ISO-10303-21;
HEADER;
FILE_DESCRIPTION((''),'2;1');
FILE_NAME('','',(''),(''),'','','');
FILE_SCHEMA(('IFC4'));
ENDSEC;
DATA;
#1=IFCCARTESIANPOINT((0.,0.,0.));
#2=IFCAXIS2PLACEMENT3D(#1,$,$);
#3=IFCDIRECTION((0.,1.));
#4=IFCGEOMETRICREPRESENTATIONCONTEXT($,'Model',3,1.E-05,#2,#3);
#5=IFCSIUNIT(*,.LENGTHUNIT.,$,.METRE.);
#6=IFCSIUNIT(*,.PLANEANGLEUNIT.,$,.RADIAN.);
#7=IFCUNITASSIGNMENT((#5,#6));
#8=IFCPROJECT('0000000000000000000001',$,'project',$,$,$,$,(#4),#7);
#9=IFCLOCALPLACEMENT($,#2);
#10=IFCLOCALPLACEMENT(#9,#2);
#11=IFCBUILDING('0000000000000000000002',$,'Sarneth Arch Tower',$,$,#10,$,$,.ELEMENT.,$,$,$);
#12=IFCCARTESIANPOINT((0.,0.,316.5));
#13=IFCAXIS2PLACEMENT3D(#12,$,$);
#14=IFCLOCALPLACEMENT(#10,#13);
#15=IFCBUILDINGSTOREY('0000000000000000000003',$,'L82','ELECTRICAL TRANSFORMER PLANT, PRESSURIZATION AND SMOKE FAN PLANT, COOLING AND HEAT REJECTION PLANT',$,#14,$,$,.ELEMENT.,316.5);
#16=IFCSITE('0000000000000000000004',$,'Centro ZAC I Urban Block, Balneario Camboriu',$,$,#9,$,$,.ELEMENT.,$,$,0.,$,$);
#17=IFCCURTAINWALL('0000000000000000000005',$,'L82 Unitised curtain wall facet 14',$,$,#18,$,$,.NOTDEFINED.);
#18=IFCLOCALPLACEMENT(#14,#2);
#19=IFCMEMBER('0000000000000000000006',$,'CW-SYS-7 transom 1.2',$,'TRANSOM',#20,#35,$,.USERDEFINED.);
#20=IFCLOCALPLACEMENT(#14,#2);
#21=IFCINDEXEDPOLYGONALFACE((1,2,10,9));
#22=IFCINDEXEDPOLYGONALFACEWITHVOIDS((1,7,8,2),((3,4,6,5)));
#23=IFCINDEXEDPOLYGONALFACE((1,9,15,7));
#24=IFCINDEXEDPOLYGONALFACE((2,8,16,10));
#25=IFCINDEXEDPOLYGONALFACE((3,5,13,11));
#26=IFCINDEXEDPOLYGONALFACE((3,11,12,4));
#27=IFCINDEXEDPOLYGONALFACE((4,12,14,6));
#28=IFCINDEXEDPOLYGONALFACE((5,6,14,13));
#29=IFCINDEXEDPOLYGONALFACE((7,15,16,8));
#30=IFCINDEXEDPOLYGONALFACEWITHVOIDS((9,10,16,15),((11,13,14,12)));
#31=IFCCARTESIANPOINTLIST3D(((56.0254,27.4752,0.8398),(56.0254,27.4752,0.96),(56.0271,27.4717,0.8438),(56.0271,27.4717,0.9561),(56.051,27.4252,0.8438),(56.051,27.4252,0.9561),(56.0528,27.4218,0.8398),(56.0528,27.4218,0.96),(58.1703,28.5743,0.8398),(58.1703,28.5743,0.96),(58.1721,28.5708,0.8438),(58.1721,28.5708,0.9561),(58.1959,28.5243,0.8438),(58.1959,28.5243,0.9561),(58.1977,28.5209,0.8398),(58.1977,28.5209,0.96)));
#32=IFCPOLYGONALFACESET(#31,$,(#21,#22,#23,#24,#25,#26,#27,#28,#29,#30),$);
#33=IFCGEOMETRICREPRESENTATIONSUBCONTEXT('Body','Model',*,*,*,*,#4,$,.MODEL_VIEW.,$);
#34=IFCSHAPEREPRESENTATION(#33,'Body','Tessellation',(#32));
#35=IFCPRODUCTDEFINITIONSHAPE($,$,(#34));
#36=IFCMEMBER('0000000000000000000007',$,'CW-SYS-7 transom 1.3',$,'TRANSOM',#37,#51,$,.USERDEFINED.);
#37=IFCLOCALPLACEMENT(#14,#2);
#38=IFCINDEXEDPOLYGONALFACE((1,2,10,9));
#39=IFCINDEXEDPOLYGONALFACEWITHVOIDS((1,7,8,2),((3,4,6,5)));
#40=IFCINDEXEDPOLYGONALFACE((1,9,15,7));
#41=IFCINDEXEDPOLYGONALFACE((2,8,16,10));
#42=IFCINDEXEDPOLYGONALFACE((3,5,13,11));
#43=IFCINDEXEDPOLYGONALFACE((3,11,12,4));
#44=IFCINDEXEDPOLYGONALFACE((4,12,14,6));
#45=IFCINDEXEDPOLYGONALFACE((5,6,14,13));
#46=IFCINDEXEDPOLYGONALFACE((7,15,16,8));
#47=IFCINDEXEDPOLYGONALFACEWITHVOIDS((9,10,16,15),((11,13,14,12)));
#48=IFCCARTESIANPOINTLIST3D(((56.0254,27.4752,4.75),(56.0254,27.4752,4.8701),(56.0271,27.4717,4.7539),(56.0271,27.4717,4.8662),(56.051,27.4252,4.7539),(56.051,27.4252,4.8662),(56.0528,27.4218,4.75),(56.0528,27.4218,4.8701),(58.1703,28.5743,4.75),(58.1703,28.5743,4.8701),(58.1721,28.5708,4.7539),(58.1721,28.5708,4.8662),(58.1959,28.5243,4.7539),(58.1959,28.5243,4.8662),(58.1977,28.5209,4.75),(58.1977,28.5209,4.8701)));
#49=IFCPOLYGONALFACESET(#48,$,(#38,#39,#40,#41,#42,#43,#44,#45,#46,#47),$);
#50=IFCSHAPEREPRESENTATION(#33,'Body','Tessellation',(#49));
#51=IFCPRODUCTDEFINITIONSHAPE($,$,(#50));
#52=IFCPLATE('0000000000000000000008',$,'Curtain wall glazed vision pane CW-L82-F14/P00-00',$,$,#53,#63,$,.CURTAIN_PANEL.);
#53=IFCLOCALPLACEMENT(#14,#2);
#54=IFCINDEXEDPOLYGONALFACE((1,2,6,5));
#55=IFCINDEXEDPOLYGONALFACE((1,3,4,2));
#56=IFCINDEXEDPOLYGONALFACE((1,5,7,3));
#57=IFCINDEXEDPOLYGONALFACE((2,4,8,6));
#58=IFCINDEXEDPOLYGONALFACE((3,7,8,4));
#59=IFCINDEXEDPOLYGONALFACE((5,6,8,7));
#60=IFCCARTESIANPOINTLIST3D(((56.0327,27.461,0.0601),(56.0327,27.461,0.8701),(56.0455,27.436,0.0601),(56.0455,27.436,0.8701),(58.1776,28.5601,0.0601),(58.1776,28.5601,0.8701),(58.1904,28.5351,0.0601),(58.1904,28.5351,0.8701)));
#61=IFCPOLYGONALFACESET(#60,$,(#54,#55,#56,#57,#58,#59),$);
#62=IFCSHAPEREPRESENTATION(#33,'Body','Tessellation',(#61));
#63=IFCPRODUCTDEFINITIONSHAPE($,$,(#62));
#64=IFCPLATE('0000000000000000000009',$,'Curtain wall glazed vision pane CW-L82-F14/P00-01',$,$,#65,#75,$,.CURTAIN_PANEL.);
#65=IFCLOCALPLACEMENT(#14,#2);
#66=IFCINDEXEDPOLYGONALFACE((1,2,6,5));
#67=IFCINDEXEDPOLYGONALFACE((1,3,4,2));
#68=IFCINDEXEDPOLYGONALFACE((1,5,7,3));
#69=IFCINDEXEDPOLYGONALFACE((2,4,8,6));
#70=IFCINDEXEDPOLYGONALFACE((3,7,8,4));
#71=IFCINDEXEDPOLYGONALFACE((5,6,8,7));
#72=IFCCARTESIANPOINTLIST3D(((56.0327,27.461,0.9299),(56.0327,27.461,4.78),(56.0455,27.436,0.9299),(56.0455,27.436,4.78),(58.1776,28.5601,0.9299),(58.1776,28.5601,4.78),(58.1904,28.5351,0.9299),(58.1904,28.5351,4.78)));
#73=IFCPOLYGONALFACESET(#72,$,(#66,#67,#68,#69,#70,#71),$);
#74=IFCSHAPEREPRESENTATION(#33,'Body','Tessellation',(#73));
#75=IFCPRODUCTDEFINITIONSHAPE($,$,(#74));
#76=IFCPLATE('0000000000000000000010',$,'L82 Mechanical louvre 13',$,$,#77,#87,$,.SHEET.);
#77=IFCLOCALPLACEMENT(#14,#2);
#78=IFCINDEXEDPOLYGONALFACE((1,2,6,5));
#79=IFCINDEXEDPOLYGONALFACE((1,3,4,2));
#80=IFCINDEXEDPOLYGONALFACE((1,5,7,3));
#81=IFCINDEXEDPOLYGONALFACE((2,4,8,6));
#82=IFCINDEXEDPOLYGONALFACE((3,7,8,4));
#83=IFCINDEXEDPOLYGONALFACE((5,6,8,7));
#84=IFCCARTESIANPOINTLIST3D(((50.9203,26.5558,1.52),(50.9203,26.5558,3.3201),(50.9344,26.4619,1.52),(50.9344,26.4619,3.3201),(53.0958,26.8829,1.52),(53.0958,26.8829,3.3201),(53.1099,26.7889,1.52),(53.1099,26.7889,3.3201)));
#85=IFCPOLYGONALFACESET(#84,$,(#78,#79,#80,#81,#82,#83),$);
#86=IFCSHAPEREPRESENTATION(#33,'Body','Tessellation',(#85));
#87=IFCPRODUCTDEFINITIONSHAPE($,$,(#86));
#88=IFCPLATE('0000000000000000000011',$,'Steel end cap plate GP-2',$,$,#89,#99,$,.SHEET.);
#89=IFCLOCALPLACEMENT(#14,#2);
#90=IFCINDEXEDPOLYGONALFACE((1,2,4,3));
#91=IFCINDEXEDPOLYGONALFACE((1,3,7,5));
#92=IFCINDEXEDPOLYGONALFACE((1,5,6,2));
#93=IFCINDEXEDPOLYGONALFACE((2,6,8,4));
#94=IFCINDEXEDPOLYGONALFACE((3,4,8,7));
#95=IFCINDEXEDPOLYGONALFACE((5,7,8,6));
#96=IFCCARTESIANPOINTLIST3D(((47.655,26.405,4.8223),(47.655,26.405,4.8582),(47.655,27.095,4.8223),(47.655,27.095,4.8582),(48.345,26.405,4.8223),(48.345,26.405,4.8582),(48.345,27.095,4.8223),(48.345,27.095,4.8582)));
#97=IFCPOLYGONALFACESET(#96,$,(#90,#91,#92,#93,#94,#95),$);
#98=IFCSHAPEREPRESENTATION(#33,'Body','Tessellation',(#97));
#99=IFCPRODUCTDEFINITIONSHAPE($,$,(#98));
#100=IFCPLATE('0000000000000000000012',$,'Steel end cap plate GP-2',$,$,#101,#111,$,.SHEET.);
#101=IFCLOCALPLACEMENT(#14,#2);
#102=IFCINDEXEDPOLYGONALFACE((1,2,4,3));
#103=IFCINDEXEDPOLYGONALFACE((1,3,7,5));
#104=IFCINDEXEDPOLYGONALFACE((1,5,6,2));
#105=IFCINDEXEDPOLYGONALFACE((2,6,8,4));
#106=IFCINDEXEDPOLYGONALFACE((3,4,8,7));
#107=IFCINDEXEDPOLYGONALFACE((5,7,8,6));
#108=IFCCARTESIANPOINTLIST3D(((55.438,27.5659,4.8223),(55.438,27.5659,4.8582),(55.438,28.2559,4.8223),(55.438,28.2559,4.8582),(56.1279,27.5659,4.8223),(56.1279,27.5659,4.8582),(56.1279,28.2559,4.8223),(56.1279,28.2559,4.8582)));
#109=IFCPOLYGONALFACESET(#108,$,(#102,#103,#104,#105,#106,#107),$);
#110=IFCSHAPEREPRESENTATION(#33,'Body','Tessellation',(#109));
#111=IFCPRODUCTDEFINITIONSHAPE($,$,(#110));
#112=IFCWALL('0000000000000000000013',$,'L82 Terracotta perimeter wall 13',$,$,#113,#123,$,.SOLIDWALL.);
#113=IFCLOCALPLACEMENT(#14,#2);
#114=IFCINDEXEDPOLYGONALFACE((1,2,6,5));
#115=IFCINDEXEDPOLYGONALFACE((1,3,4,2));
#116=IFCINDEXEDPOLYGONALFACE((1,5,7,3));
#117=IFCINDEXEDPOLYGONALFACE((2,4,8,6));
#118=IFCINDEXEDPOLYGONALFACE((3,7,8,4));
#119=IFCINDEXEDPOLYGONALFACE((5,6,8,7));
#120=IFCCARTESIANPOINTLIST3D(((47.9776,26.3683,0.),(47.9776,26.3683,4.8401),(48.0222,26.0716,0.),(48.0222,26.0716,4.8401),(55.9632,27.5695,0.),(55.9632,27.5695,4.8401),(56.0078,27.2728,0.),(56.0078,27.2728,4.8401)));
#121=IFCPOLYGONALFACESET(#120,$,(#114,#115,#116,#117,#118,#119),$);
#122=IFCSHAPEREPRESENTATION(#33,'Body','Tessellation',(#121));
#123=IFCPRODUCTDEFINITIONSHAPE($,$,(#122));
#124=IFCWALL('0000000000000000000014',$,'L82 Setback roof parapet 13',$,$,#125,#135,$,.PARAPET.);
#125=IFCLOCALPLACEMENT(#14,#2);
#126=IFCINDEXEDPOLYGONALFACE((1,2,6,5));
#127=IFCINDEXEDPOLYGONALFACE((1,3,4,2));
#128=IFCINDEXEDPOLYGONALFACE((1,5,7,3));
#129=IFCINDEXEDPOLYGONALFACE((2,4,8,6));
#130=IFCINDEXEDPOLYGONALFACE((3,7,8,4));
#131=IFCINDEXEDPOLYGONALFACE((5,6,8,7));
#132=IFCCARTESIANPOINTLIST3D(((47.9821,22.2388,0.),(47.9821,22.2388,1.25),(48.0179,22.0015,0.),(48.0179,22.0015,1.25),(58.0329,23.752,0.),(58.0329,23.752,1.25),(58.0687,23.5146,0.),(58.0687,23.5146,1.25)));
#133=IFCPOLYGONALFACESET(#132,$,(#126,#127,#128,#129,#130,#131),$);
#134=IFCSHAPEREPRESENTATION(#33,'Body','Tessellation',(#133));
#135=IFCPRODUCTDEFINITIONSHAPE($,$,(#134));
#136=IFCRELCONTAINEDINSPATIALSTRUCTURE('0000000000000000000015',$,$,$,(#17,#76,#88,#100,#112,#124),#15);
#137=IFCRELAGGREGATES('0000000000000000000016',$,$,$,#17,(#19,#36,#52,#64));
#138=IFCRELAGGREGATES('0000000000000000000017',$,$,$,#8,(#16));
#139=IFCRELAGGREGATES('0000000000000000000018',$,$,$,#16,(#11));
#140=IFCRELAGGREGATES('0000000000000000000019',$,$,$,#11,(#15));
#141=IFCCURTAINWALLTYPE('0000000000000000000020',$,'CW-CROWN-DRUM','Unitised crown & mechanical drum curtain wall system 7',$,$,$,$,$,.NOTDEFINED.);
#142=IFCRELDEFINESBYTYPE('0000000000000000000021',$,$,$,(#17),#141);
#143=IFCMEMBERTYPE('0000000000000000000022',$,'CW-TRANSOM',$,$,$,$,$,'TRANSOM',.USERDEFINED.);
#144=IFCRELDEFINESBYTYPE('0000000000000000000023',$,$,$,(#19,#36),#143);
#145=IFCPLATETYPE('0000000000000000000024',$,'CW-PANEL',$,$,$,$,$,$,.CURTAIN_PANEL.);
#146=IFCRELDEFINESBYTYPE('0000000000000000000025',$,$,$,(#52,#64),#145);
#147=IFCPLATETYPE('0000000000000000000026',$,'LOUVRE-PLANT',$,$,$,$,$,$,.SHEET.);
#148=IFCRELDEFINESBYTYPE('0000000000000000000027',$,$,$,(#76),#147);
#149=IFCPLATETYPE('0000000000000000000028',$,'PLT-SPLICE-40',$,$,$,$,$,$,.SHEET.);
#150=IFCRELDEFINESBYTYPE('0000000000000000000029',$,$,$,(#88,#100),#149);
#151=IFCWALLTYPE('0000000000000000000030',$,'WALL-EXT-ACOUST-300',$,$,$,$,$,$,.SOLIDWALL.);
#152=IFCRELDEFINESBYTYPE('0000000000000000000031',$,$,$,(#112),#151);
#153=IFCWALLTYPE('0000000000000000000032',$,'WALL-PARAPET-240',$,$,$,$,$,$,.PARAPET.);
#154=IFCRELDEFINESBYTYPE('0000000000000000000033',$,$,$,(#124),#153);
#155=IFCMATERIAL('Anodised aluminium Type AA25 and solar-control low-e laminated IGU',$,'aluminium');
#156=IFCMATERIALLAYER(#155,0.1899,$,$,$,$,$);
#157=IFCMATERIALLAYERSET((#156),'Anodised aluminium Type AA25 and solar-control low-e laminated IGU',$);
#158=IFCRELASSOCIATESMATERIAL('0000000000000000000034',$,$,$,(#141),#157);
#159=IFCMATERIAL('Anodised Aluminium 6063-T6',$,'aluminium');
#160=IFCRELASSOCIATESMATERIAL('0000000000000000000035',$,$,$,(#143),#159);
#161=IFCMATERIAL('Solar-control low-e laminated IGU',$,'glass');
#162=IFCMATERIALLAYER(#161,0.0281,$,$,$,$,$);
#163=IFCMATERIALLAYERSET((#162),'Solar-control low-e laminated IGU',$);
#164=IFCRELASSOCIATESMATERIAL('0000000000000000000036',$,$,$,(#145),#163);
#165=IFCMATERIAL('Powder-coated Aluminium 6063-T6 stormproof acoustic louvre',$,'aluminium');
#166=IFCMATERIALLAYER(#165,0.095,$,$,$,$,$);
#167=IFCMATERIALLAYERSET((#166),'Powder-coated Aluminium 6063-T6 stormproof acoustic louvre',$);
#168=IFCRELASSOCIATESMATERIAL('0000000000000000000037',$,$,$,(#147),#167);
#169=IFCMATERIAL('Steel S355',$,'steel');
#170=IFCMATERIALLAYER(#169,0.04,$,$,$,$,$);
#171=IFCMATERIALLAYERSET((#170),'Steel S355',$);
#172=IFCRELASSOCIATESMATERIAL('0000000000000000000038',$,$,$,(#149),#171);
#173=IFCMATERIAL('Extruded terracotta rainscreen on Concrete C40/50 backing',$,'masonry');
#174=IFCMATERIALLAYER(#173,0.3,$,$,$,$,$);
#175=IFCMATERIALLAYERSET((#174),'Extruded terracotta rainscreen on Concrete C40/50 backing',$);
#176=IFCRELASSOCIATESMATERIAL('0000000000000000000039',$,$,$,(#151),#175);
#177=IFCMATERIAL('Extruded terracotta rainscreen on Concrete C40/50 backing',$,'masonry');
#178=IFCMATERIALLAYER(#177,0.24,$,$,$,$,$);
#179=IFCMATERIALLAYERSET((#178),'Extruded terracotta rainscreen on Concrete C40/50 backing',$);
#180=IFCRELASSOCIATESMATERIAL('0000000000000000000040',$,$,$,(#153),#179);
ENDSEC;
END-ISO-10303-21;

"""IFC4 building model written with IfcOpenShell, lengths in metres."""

from ifc_helpers import new_model, si_unit, direction, frame, frame_2d, origin, origin_2d, place, context, subcontext, project, spatial, rectangle, hollow_rectangle, extrude, material, layer, layer_set, material_profile, profile_set, type_object, element, aggregate, save


model = new_model("IFC4")

# Units and contexts
model_context = context("Model", 3, precision=1e-05, world=origin(), true_north=direction((0.0, 1.0)))
body_context = subcontext(model_context, "Body", "Model", "MODEL_VIEW")
ifc_project = project(units=[si_unit("LENGTHUNIT", "METRE"), si_unit("PLANEANGLEUNIT", "RADIAN")], contexts=[model_context])

# Site, building, storey
site_placement = place(None, origin())
site = spatial("IfcSite", under=ifc_project, at=site_placement, Name="Centro ZAC I Urban Block, Balneario Camboriu", CompositionType="ELEMENT", RefElevation=0.0)
building_placement = place(site_placement, origin())
building = spatial("IfcBuilding", under=site, at=building_placement, Name="Sarneth Arch Tower", CompositionType="ELEMENT")
storey_placement = place(building_placement, frame((0.0, 0.0, 316.5)))
storey = spatial("IfcBuildingStorey", under=building, at=storey_placement, Name="L82", Description="ELECTRICAL TRANSFORMER PLANT, PRESSURIZATION AND SMOKE FAN PLANT, COOLING AND HEAT REJECTION PLANT", CompositionType="ELEMENT", Elevation=316.5)

# Curtain wall, members, plates
ifc_material_1 = material(Name="Anodised aluminium Type AA25 and solar-control low-e laminated IGU", Category="aluminium")
ifc_layer_1 = layer(ifc_material_1, 0.1899)
ifc_layer_set_1 = layer_set([ifc_layer_1], Name="Anodised aluminium Type AA25 and solar-control low-e laminated IGU")
curtain_wall_type = type_object("IfcCurtainWallType", Name="CW-CROWN-DRUM", Description="Unitised crown & mechanical drum curtain wall system 7", PredefinedType="NOTDEFINED", material=ifc_layer_set_1)
curtain_wall_placement = place(storey_placement, origin())
curtain_wall = element("IfcCurtainWall", 1, at=curtain_wall_placement, inside=storey, type_object=curtain_wall_type, Name="L82 Unitised curtain wall facet 14", PredefinedType="NOTDEFINED")
ifc_material_2 = material(Name="Anodised Aluminium 6063-T6", Category="aluminium")
ifc_material_profile_1 = material_profile(ifc_material_2, hollow_rectangle(XDim=0.0601, YDim=0.1201, WallThickness=0.0039, at=origin_2d()), Name="AL-TRAN-120x60x4")
ifc_profile_set_1 = profile_set([ifc_material_profile_1], Name="Anodised Aluminium 6063-T6")
member_type_1 = type_object("IfcMemberType", Name="CW-TRANSOM", ElementType="TRANSOM", PredefinedType="USERDEFINED", material=ifc_profile_set_1)
member_1_placement = place(storey_placement, frame((56.0391, 27.4485, 0.8999), z_axis=(0.889967, 0.456025, 0.0), x_axis=(-0.456025, 0.889967, 0.0)))
member_1 = element("IfcMember", 2, at=member_1_placement, type_object=member_type_1, Name="CW-SYS-7 transom 1.2", ObjectType="TRANSOM", PredefinedType="USERDEFINED", context=body_context, shape_type="SweptSolid", body=[
    extrude(hollow_rectangle(XDim=0.0601, YDim=0.1201, WallThickness=0.0039, at=origin_2d()), origin(), (0.0, 0.0, 1.0), 2.4102),
])
member_2_placement = place(storey_placement, frame((56.0391, 27.4485, 4.8101), z_axis=(0.889967, 0.456025, 0.0), x_axis=(-0.456025, 0.889967, 0.0)))
member_2 = element("IfcMember", 3, at=member_2_placement, type_object=member_type_1, Name="CW-SYS-7 transom 1.3", ObjectType="TRANSOM", PredefinedType="USERDEFINED", context=body_context, shape_type="SweptSolid", body=[
    extrude(hollow_rectangle(XDim=0.0601, YDim=0.1201, WallThickness=0.0039, at=origin_2d()), origin(), (0.0, 0.0, 1.0), 2.4102),
])
ifc_material_3 = material(Name="Solar-control low-e laminated IGU", Category="glass")
ifc_layer_2 = layer(ifc_material_3, 0.0281)
ifc_layer_set_2 = layer_set([ifc_layer_2], Name="Solar-control low-e laminated IGU")
plate_type_1 = type_object("IfcPlateType", Name="CW-PANEL", PredefinedType="CURTAIN_PANEL", material=ifc_layer_set_2)
plate_1_placement = place(storey_placement, frame((57.1116, 27.998, 0.0601), z_axis=(0.0, 0.0, 1.0), x_axis=(0.889959, 0.45604, 0.0)))
plate_1 = element("IfcPlate", 4, at=plate_1_placement, type_object=plate_type_1, Name="Curtain wall glazed vision pane CW-L82-F14/P00-00", PredefinedType="CURTAIN_PANEL", context=body_context, shape_type="SweptSolid", body=[
    extrude(rectangle(XDim=2.4102, YDim=0.0281, at=origin_2d()), origin(), (0.0, 0.0, 1.0), 0.8101),
])
plate_2_placement = place(storey_placement, frame((57.1116, 27.998, 0.9299), z_axis=(0.0, 0.0, 1.0), x_axis=(0.889959, 0.45604, 0.0)))
plate_2 = element("IfcPlate", 5, at=plate_2_placement, type_object=plate_type_1, Name="Curtain wall glazed vision pane CW-L82-F14/P00-01", PredefinedType="CURTAIN_PANEL", context=body_context, shape_type="SweptSolid", body=[
    extrude(rectangle(XDim=2.4102, YDim=0.0281, at=origin_2d()), origin(), (0.0, 0.0, 1.0), 3.8501),
])
aggregate(curtain_wall, [member_1, member_2, plate_1, plate_2])

# Plates
ifc_material_4 = material(Name="Powder-coated Aluminium 6063-T6 stormproof acoustic louvre", Category="aluminium")
ifc_layer_3 = layer(ifc_material_4, 0.095)
ifc_layer_set_3 = layer_set([ifc_layer_3], Name="Powder-coated Aluminium 6063-T6 stormproof acoustic louvre")
plate_type_2 = type_object("IfcPlateType", Name="LOUVRE-PLANT", PredefinedType="SHEET", material=ifc_layer_set_3)
plate_3_placement = place(storey_placement, frame((52.0151, 26.6724, 1.52), z_axis=(0.0, 0.0, 1.0), x_axis=(0.988886, 0.148672, 0.0)))
element("IfcPlate", 6, at=plate_3_placement, inside=storey, type_object=plate_type_2, Name="L82 Mechanical louvre 13", PredefinedType="SHEET", context=body_context, shape_type="SweptSolid", body=[
    extrude(rectangle(XDim=2.2, YDim=0.095, at=origin_2d()), origin(), (0.0, 0.0, 1.0), 1.8),
])
ifc_material_5 = material(Name="Steel S355", Category="steel")
ifc_layer_4 = layer(ifc_material_5, 0.04)
ifc_layer_set_4 = layer_set([ifc_layer_4], Name="Steel S355")
plate_type_3 = type_object("IfcPlateType", Name="PLT-SPLICE-40", PredefinedType="SHEET", material=ifc_layer_set_4)
for number, where, z_axis, x_axis, name in (
    (7, (48.0, 26.75, 4.8223), (0.0, 0.0, 1.0), (1.0, 0.0, 0.0), "Steel end cap plate GP-2"),
    (8, (55.783, 27.9109, 4.8223), (0.0, 0.0, 1.0), (1.0, 0.0, 0.0), "Steel end cap plate GP-2"),
):
    element("IfcPlate", number, at=place(storey_placement, frame(where, z_axis=z_axis, x_axis=x_axis)), inside=storey, type_object=plate_type_3, Name=name, PredefinedType="SHEET", context=body_context, shape_type="SweptSolid", body=[
        extrude(rectangle(XDim=0.6899, YDim=0.6899, at=origin_2d()), origin(), (0.0, 0.0, 1.0), 0.0359),
    ])

# Walls
ifc_material_6 = material(Name="Extruded terracotta rainscreen on Concrete C40/50 backing", Category="masonry")
ifc_layer_5 = layer(ifc_material_6, 0.3)
ifc_layer_set_5 = layer_set([ifc_layer_5], Name="Extruded terracotta rainscreen on Concrete C40/50 backing")
wall_type_1 = type_object("IfcWallType", Name="WALL-EXT-ACOUST-300", PredefinedType="SOLIDWALL", material=ifc_layer_set_5)
wall_1_placement = place(storey_placement, frame((48.0, 26.22, 0.0), z_axis=(0.0, 0.0, 1.0), x_axis=(0.988876, 0.148744, 0.0)))
element("IfcWall", 9, at=wall_1_placement, inside=storey, type_object=wall_type_1, Name="L82 Terracotta perimeter wall 13", PredefinedType="SOLIDWALL", context=body_context, shape_type="SweptSolid", body=[
    extrude(rectangle(XDim=8.0754, YDim=0.3, at=frame_2d((4.0376, 0.0))), origin(), (0.0, 0.0, 1.0), 4.8401),
])
ifc_material_7 = material(Name="Extruded terracotta rainscreen on Concrete C40/50 backing", Category="masonry")
ifc_layer_6 = layer(ifc_material_7, 0.24)
ifc_layer_set_6 = layer_set([ifc_layer_6], Name="Extruded terracotta rainscreen on Concrete C40/50 backing")
wall_type_2 = type_object("IfcWallType", Name="WALL-PARAPET-240", PredefinedType="PARAPET", material=ifc_layer_set_6)
wall_2_placement = place(storey_placement, frame((48.0, 22.1201, 0.0), z_axis=(0.0, 0.0, 1.0), x_axis=(0.988856, 0.148876, 0.0)))
element("IfcWall", 10, at=wall_2_placement, inside=storey, type_object=wall_type_2, Name="L82 Setback roof parapet 13", PredefinedType="PARAPET", context=body_context, shape_type="SweptSolid", body=[
    extrude(rectangle(XDim=10.1641, YDim=0.24, at=frame_2d((5.082, 0.0))), origin(), (0.0, 0.0, 1.0), 1.25),
])

save(model, "model.ifc")
